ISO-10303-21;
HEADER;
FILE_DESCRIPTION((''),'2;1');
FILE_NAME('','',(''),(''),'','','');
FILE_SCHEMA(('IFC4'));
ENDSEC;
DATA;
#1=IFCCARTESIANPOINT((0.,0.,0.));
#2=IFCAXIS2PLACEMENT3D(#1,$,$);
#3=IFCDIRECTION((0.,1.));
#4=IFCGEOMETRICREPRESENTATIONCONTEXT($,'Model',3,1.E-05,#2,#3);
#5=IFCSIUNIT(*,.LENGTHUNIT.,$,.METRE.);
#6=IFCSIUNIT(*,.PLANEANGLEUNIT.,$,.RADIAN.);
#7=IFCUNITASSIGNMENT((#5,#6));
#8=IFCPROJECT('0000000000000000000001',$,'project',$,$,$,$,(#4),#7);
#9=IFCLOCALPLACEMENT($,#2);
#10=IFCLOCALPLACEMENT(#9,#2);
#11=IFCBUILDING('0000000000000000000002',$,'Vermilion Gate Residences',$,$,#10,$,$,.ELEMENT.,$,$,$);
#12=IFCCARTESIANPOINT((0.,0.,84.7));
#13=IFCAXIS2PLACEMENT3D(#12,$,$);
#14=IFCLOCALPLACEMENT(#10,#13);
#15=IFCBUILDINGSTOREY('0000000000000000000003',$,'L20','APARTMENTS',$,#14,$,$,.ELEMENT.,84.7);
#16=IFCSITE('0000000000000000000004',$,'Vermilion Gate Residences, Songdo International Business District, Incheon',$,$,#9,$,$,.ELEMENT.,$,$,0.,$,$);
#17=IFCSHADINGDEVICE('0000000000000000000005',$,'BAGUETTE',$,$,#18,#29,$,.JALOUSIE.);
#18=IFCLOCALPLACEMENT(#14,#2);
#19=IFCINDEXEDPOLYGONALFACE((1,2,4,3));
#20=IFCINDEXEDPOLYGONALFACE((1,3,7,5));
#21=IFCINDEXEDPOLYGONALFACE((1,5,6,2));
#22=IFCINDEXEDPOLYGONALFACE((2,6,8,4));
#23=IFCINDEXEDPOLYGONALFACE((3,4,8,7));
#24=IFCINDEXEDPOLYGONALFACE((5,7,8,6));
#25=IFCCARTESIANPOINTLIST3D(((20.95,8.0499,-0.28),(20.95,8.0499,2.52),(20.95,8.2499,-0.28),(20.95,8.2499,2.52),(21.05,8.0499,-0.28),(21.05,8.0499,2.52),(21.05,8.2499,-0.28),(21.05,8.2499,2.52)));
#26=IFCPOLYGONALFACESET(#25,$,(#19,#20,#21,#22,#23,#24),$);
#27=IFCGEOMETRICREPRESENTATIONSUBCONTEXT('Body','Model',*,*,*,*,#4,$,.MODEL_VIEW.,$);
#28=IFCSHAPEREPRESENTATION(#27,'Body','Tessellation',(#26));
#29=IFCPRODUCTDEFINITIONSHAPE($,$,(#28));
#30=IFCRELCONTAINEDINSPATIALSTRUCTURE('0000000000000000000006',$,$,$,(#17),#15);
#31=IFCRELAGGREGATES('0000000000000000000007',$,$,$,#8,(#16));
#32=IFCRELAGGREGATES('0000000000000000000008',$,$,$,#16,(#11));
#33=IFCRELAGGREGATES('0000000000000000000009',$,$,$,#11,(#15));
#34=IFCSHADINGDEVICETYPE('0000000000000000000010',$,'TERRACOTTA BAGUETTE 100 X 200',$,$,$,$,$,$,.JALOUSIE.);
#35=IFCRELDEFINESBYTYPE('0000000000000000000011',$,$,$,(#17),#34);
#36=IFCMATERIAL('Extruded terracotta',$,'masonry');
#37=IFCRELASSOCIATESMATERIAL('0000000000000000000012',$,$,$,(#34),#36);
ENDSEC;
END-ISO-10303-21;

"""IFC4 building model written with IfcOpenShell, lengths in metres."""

from ifc_helpers import new_model, si_unit, direction, frame, origin, origin_2d, place, context, subcontext, project, spatial, rectangle, extrude, material, material_profile, profile_set, type_object, element, save


model = new_model("IFC4")

# Units and contexts
model_context = context("Model", 3, precision=1e-05, world=origin(), true_north=direction((0.0, 1.0)))
body_context = subcontext(model_context, "Body", "Model", "MODEL_VIEW")
ifc_project = project(units=[si_unit("LENGTHUNIT", "METRE"), si_unit("PLANEANGLEUNIT", "RADIAN")], contexts=[model_context])

# Site, building, storey
site_placement = place(None, origin())
site = spatial("IfcSite", under=ifc_project, at=site_placement, Name="Vermilion Gate Residences, Songdo International Business District, Incheon", CompositionType="ELEMENT", RefElevation=0.0)
building_placement = place(site_placement, origin())
building = spatial("IfcBuilding", under=site, at=building_placement, Name="Vermilion Gate Residences", CompositionType="ELEMENT")
storey_placement = place(building_placement, frame((0.0, 0.0, 84.7)))
storey = spatial("IfcBuildingStorey", under=building, at=storey_placement, Name="L20", Description="APARTMENTS", CompositionType="ELEMENT", Elevation=84.7)

# Shading device
ifc_material_1 = material(Name="Extruded terracotta", Category="masonry")
ifc_material_profile_1 = material_profile(ifc_material_1, rectangle(XDim=0.2, YDim=0.1001, at=origin_2d()), Name="BAGUETTE 100 X 200")
ifc_profile_set_1 = profile_set([ifc_material_profile_1], Name="Extruded terracotta")
shading_device_type_1 = type_object("IfcShadingDeviceType", Name="TERRACOTTA BAGUETTE 100 X 200", PredefinedType="JALOUSIE", material=ifc_profile_set_1)
shading_device_1_placement = place(storey_placement, frame((21.0, 8.1499, -0.28), z_axis=(0.0, 0.0, 1.0), x_axis=(0.0, 1.0, 0.0)))
element("IfcShadingDevice", 1, at=shading_device_1_placement, inside=storey, type_object=shading_device_type_1, Name="BAGUETTE", PredefinedType="JALOUSIE", context=body_context, shape_type="SweptSolid", body=[
    extrude(rectangle(XDim=0.2, YDim=0.1001, at=origin_2d()), origin(), (0.0, 0.0, 1.0), 2.8),
])

save(model, "model.ifc")
